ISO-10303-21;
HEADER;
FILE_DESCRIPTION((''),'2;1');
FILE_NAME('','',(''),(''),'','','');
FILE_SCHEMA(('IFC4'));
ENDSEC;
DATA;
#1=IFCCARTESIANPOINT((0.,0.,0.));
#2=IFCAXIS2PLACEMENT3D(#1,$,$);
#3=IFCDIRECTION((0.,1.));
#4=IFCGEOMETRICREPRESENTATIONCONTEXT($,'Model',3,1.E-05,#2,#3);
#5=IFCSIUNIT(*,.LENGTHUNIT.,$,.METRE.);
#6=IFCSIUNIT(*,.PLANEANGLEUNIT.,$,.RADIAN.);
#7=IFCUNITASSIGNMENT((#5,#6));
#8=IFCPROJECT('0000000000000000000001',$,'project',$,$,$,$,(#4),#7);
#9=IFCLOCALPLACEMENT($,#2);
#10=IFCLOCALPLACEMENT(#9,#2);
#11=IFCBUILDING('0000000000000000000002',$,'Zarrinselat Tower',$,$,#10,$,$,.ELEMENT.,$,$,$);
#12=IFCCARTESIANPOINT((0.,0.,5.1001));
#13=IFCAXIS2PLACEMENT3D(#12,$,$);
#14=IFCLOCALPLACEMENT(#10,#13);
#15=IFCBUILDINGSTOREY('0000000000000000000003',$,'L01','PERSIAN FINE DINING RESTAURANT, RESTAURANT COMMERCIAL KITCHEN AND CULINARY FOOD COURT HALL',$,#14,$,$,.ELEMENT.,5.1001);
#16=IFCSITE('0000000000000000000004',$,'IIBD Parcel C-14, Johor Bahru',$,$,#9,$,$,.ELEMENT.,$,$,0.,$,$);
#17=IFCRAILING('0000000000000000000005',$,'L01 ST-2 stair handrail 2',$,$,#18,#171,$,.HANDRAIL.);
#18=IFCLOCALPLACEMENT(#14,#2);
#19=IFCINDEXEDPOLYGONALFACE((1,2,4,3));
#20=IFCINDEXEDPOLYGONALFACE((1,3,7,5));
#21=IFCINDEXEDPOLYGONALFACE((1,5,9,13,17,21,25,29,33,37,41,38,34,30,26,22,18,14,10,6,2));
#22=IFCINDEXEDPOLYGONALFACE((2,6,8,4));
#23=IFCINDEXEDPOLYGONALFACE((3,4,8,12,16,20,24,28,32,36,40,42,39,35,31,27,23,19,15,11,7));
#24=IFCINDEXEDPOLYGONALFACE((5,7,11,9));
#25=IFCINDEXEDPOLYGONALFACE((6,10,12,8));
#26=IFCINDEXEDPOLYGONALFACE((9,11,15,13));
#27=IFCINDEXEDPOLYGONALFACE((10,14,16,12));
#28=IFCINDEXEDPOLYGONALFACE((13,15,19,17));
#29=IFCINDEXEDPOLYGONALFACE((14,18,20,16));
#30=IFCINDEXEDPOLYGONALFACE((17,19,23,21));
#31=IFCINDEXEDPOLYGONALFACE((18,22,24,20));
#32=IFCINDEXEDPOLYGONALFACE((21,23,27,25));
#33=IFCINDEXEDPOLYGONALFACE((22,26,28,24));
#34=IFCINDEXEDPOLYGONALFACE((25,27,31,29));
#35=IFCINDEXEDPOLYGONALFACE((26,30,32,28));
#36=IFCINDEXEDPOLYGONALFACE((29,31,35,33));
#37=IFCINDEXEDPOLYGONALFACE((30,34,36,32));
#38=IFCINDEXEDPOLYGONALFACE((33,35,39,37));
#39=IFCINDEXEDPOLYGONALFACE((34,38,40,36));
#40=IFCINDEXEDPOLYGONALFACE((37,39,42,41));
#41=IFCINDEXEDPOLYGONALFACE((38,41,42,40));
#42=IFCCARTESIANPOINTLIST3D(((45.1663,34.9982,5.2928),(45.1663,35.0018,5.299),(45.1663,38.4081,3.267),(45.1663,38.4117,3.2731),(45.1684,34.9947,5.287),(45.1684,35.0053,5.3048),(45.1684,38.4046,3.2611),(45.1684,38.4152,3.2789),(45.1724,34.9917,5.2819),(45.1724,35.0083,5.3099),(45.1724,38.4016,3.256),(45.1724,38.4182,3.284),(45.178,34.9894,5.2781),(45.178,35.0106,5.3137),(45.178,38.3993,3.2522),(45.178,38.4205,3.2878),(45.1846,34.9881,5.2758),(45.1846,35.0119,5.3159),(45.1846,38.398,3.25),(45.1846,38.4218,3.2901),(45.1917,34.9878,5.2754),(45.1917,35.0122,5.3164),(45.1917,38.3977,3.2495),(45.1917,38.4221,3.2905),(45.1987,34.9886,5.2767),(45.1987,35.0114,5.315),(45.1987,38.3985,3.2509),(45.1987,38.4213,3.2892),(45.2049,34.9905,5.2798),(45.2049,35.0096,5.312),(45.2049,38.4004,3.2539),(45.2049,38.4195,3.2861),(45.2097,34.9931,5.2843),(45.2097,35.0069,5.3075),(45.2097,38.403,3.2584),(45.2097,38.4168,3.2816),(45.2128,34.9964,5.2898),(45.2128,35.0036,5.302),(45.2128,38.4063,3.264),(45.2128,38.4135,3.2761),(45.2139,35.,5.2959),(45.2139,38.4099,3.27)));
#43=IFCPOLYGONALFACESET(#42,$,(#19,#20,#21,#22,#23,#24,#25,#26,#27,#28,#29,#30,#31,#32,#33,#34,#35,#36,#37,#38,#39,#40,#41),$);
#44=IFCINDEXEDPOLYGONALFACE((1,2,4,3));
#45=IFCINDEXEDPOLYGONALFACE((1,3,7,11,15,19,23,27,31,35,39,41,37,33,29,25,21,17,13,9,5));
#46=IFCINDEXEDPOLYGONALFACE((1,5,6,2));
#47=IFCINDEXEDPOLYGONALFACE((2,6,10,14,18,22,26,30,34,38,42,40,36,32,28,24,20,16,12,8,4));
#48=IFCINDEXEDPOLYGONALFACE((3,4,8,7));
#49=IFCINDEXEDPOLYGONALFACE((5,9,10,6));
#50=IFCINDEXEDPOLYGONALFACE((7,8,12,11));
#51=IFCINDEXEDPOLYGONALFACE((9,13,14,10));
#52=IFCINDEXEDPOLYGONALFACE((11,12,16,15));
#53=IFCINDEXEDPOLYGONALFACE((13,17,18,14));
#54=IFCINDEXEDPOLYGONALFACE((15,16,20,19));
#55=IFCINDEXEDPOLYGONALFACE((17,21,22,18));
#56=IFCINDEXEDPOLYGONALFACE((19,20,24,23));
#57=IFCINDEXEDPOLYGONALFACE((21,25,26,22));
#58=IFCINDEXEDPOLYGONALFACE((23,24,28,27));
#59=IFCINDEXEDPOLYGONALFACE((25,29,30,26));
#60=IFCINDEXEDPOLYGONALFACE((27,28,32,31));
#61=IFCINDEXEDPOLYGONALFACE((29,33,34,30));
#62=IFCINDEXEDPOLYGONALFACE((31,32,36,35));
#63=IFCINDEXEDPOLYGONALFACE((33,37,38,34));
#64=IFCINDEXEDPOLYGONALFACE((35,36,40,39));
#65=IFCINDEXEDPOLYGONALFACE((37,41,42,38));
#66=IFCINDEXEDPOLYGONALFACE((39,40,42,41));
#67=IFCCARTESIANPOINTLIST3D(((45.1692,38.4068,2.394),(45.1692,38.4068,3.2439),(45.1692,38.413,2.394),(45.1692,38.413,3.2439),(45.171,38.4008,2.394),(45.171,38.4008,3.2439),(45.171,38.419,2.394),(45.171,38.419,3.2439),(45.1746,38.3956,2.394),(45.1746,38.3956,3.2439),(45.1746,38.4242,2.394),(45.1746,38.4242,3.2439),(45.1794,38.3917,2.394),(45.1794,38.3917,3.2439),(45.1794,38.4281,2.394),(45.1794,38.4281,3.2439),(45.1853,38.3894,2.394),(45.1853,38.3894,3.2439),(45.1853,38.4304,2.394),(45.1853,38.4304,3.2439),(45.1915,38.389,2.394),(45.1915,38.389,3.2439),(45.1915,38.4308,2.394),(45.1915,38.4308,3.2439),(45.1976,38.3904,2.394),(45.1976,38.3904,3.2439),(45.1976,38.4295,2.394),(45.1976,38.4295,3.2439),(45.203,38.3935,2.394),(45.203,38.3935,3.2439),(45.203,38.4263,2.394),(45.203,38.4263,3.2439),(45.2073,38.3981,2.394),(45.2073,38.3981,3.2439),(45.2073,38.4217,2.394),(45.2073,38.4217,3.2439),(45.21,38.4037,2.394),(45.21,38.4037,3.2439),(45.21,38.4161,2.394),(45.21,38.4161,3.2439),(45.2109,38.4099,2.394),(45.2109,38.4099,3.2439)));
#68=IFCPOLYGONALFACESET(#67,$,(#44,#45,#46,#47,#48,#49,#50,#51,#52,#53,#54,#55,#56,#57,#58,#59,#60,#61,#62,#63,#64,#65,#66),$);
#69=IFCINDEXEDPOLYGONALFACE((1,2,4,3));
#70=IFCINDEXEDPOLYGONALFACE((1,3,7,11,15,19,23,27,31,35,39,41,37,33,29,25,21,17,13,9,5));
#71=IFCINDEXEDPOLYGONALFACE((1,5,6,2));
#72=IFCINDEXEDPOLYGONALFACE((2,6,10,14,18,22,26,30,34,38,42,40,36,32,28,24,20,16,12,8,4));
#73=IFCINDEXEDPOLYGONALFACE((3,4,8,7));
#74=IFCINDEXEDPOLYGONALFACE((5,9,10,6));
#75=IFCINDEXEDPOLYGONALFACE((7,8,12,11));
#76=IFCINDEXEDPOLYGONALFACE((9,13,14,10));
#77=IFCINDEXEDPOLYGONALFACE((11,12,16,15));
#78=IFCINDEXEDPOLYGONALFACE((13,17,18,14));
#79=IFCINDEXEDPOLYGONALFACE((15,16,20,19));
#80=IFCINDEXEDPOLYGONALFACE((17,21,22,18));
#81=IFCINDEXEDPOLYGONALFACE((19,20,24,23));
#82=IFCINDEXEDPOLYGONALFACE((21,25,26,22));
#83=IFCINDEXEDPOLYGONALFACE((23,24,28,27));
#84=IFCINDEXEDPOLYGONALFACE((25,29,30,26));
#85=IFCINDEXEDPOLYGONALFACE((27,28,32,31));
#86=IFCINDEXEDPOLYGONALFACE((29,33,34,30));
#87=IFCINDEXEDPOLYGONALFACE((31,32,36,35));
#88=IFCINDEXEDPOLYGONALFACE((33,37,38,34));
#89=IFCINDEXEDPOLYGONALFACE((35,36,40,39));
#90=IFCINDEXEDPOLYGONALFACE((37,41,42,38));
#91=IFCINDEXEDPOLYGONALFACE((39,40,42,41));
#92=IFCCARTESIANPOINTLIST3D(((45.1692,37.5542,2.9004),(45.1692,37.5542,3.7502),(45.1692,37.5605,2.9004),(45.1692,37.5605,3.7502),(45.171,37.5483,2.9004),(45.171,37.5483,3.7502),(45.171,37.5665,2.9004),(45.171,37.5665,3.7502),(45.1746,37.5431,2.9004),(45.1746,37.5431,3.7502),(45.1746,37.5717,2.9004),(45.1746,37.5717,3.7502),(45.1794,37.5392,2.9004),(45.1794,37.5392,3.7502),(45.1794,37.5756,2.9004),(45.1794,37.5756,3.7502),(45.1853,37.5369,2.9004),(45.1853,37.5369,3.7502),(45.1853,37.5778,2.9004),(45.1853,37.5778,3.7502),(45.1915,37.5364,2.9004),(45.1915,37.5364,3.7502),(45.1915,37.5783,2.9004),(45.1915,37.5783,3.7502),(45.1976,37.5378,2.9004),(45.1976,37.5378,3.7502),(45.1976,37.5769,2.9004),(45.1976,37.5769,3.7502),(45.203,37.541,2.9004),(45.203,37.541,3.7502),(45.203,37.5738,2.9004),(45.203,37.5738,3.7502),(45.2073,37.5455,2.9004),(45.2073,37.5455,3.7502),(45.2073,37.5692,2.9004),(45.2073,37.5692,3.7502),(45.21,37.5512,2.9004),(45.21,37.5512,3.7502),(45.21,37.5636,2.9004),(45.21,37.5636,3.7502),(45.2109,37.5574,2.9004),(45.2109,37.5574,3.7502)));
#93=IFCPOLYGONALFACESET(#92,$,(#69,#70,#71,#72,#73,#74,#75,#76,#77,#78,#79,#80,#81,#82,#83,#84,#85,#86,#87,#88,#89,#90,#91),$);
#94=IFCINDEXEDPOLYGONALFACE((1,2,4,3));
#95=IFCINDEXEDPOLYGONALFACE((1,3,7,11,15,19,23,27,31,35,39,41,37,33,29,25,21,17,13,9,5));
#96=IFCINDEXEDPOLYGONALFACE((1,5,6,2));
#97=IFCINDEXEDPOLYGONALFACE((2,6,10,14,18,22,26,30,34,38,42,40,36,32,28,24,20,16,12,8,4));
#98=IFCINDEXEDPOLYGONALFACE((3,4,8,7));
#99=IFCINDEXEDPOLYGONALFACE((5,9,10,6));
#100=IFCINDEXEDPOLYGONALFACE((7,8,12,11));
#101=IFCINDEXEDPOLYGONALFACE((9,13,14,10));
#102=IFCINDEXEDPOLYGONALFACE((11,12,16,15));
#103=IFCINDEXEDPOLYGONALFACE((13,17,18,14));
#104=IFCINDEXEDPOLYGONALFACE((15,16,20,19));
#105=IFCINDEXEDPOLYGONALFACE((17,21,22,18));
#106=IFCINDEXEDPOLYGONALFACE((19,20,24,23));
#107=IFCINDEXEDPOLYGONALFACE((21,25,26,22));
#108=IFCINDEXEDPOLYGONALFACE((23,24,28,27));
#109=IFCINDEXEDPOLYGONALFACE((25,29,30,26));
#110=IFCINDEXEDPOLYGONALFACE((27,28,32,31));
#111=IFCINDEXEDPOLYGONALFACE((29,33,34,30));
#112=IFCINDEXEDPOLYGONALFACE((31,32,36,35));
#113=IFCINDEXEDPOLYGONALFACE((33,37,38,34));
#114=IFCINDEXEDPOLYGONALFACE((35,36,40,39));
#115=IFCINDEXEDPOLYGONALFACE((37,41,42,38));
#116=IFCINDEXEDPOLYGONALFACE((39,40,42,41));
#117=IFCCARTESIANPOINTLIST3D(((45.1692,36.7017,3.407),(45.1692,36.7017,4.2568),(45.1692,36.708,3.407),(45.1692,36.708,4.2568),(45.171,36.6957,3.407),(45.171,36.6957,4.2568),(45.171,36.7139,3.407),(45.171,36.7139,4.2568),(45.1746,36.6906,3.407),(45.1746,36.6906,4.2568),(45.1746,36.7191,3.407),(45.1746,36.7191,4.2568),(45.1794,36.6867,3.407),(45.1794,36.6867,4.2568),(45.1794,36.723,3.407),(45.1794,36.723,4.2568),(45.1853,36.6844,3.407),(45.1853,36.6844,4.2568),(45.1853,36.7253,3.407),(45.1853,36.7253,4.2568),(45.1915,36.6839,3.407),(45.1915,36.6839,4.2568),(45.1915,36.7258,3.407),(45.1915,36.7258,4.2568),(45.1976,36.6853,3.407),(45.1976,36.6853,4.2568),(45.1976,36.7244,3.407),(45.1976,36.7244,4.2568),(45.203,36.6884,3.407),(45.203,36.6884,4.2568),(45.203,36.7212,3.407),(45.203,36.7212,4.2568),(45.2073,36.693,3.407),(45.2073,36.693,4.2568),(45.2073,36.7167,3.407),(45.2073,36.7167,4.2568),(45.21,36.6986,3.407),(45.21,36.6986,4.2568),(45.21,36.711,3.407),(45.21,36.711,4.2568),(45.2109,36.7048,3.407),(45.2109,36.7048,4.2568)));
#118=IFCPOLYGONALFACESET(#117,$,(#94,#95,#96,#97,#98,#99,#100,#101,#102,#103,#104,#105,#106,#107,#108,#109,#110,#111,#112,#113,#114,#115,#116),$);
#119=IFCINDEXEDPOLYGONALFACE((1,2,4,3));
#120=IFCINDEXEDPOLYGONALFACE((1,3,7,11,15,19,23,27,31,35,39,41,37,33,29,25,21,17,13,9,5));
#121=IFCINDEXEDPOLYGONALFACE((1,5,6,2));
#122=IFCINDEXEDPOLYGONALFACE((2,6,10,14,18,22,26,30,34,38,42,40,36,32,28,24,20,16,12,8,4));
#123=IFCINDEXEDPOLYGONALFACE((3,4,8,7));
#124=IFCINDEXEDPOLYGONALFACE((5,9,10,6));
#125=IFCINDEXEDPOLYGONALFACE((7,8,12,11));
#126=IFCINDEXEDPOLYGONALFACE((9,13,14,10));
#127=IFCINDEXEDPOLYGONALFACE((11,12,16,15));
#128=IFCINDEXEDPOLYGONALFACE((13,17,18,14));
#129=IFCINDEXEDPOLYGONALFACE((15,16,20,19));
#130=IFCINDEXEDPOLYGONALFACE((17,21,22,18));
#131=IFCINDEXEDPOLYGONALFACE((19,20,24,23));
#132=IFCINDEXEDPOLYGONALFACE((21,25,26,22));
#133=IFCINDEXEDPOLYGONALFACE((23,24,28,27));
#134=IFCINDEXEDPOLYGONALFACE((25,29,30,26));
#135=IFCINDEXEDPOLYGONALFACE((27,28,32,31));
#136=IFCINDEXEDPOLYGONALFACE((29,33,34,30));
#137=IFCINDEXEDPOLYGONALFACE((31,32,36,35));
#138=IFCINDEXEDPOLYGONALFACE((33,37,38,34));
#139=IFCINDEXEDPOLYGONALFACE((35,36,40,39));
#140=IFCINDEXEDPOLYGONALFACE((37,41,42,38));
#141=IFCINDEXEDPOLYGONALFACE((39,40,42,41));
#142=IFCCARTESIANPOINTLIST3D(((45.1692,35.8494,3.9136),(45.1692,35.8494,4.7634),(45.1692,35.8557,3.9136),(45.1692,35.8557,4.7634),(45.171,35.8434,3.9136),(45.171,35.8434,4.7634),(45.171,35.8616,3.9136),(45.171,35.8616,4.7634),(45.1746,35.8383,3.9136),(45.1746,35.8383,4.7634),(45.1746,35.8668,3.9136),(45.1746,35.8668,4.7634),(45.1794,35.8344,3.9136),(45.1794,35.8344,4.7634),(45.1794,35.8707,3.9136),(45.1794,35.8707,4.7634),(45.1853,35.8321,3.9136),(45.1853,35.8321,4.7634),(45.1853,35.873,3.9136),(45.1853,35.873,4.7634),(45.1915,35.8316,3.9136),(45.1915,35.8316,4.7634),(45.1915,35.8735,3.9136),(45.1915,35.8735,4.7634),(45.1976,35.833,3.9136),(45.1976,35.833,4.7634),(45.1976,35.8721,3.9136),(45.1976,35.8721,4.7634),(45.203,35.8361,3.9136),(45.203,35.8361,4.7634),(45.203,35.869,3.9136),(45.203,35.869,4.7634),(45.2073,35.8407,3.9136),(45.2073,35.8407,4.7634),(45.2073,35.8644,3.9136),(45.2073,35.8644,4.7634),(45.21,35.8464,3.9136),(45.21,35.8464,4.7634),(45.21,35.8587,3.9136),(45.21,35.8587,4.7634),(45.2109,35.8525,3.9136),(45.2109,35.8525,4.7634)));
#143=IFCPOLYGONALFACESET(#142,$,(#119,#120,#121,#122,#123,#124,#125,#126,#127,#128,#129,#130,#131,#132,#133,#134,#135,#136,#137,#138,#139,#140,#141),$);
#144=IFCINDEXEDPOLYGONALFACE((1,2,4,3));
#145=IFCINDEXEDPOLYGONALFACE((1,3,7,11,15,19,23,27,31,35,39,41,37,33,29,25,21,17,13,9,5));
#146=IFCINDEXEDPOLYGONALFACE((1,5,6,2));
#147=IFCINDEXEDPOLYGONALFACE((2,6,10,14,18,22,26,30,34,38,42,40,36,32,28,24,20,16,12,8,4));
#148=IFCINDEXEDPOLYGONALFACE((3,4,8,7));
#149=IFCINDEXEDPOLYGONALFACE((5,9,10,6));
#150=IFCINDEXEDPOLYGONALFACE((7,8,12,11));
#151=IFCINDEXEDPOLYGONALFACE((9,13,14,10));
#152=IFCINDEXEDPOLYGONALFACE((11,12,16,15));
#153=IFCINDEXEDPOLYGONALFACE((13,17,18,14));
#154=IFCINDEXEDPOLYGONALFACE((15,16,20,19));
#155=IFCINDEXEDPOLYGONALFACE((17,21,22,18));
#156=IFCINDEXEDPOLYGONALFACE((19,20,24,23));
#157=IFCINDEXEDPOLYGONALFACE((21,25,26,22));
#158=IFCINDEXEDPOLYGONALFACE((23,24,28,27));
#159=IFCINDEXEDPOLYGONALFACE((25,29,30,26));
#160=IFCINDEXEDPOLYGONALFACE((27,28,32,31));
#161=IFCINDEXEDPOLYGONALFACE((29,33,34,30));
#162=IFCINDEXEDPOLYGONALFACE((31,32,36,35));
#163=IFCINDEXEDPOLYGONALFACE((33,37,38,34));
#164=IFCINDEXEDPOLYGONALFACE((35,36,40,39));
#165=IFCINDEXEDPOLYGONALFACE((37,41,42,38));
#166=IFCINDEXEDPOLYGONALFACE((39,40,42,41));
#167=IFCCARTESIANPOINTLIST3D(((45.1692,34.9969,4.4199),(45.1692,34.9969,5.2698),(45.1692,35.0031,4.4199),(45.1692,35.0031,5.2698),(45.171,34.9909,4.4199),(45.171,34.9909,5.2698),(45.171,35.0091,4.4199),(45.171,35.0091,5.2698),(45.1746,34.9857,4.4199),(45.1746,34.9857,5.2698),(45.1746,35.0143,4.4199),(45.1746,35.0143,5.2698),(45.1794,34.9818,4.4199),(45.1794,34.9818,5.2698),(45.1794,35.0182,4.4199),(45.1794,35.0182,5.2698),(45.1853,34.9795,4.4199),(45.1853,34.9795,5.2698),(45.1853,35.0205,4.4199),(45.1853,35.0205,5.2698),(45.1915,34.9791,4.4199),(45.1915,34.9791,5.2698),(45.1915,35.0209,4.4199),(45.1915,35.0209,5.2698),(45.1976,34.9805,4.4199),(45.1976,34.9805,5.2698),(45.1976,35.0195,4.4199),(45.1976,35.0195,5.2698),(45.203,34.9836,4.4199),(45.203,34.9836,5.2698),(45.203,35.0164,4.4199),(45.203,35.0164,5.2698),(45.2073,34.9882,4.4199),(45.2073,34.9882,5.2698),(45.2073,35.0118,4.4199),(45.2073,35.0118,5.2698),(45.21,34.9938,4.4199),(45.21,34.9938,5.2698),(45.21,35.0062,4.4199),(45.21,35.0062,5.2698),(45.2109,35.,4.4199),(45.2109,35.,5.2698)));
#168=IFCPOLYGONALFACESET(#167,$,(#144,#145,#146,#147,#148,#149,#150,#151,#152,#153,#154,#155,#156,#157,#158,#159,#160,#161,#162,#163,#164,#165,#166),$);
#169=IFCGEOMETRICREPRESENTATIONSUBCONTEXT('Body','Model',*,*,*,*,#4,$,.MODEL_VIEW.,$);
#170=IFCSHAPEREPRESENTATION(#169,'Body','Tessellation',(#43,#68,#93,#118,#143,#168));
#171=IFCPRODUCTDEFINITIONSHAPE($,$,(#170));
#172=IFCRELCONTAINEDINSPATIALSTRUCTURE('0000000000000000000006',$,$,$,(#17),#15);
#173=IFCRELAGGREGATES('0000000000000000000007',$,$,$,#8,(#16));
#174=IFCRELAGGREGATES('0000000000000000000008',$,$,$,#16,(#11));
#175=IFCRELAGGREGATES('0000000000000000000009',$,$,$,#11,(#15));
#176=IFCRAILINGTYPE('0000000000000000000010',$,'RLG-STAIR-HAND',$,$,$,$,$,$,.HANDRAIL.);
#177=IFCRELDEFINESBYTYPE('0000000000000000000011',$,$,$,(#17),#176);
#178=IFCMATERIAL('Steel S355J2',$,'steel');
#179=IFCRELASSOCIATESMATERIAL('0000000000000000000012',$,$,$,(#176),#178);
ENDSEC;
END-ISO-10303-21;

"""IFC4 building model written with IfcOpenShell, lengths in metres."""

from ifc_helpers import new_model, si_unit, direction, frame, origin, origin_2d, place, context, subcontext, project, spatial, circle, extrude, material, type_object, element, save


model = new_model("IFC4")

# Units and contexts
model_context = context("Model", 3, precision=1e-05, world=origin(), true_north=direction((0.0, 1.0)))
body_context = subcontext(model_context, "Body", "Model", "MODEL_VIEW")
ifc_project = project(units=[si_unit("LENGTHUNIT", "METRE"), si_unit("PLANEANGLEUNIT", "RADIAN")], contexts=[model_context])

# Site, building, storey
site_placement = place(None, origin())
site = spatial("IfcSite", under=ifc_project, at=site_placement, Name="IIBD Parcel C-14, Johor Bahru", CompositionType="ELEMENT", RefElevation=0.0)
building_placement = place(site_placement, origin())
building = spatial("IfcBuilding", under=site, at=building_placement, Name="Zarrinselat Tower", CompositionType="ELEMENT")
storey_placement = place(building_placement, frame((0.0, 0.0, 5.1001)))
storey = spatial("IfcBuildingStorey", under=building, at=storey_placement, Name="L01", Description="PERSIAN FINE DINING RESTAURANT, RESTAURANT COMMERCIAL KITCHEN AND CULINARY FOOD COURT HALL", CompositionType="ELEMENT", Elevation=5.1001)

# Railing
ifc_material_1 = material(Name="Steel S355J2", Category="steel")
railing_type_1 = type_object("IfcRailingType", Name="RLG-STAIR-HAND", PredefinedType="HANDRAIL", material=ifc_material_1)
railing_1_placement = place(storey_placement, frame((45.1899, 38.4099, 2.394)))
element("IfcRailing", 1, at=railing_1_placement, inside=storey, type_object=railing_type_1, Name="L01 ST-2 stair handrail 2", PredefinedType="HANDRAIL", context=body_context, shape_type="SweptSolid", body=[
    extrude(circle(Radius=0.0239, at=origin_2d()), frame((0.0, 0.0, 0.876), z_axis=(0.0, -0.859717, 0.510771), x_axis=(1.0, 0.0, 0.0)), (0.0, 0.0, 1.0), 3.9663),
    extrude(circle(Radius=0.021, at=origin_2d()), origin(), (0.0, 0.0, 1.0), 0.8499),
    extrude(circle(Radius=0.021, at=origin_2d()), frame((0.0, -0.8525, 0.5063)), (0.0, 0.0, 1.0), 0.8499),
    extrude(circle(Radius=0.021, at=origin_2d()), frame((0.0, -1.7051, 1.0129)), (0.0, 0.0, 1.0), 0.8499),
    extrude(circle(Radius=0.021, at=origin_2d()), frame((0.0, -2.5574, 1.5195)), (0.0, 0.0, 1.0), 0.8499),
    extrude(circle(Radius=0.021, at=origin_2d()), frame((0.0, -3.4099, 2.0259)), (0.0, 0.0, 1.0), 0.8499),
])

save(model, "model.ifc")
